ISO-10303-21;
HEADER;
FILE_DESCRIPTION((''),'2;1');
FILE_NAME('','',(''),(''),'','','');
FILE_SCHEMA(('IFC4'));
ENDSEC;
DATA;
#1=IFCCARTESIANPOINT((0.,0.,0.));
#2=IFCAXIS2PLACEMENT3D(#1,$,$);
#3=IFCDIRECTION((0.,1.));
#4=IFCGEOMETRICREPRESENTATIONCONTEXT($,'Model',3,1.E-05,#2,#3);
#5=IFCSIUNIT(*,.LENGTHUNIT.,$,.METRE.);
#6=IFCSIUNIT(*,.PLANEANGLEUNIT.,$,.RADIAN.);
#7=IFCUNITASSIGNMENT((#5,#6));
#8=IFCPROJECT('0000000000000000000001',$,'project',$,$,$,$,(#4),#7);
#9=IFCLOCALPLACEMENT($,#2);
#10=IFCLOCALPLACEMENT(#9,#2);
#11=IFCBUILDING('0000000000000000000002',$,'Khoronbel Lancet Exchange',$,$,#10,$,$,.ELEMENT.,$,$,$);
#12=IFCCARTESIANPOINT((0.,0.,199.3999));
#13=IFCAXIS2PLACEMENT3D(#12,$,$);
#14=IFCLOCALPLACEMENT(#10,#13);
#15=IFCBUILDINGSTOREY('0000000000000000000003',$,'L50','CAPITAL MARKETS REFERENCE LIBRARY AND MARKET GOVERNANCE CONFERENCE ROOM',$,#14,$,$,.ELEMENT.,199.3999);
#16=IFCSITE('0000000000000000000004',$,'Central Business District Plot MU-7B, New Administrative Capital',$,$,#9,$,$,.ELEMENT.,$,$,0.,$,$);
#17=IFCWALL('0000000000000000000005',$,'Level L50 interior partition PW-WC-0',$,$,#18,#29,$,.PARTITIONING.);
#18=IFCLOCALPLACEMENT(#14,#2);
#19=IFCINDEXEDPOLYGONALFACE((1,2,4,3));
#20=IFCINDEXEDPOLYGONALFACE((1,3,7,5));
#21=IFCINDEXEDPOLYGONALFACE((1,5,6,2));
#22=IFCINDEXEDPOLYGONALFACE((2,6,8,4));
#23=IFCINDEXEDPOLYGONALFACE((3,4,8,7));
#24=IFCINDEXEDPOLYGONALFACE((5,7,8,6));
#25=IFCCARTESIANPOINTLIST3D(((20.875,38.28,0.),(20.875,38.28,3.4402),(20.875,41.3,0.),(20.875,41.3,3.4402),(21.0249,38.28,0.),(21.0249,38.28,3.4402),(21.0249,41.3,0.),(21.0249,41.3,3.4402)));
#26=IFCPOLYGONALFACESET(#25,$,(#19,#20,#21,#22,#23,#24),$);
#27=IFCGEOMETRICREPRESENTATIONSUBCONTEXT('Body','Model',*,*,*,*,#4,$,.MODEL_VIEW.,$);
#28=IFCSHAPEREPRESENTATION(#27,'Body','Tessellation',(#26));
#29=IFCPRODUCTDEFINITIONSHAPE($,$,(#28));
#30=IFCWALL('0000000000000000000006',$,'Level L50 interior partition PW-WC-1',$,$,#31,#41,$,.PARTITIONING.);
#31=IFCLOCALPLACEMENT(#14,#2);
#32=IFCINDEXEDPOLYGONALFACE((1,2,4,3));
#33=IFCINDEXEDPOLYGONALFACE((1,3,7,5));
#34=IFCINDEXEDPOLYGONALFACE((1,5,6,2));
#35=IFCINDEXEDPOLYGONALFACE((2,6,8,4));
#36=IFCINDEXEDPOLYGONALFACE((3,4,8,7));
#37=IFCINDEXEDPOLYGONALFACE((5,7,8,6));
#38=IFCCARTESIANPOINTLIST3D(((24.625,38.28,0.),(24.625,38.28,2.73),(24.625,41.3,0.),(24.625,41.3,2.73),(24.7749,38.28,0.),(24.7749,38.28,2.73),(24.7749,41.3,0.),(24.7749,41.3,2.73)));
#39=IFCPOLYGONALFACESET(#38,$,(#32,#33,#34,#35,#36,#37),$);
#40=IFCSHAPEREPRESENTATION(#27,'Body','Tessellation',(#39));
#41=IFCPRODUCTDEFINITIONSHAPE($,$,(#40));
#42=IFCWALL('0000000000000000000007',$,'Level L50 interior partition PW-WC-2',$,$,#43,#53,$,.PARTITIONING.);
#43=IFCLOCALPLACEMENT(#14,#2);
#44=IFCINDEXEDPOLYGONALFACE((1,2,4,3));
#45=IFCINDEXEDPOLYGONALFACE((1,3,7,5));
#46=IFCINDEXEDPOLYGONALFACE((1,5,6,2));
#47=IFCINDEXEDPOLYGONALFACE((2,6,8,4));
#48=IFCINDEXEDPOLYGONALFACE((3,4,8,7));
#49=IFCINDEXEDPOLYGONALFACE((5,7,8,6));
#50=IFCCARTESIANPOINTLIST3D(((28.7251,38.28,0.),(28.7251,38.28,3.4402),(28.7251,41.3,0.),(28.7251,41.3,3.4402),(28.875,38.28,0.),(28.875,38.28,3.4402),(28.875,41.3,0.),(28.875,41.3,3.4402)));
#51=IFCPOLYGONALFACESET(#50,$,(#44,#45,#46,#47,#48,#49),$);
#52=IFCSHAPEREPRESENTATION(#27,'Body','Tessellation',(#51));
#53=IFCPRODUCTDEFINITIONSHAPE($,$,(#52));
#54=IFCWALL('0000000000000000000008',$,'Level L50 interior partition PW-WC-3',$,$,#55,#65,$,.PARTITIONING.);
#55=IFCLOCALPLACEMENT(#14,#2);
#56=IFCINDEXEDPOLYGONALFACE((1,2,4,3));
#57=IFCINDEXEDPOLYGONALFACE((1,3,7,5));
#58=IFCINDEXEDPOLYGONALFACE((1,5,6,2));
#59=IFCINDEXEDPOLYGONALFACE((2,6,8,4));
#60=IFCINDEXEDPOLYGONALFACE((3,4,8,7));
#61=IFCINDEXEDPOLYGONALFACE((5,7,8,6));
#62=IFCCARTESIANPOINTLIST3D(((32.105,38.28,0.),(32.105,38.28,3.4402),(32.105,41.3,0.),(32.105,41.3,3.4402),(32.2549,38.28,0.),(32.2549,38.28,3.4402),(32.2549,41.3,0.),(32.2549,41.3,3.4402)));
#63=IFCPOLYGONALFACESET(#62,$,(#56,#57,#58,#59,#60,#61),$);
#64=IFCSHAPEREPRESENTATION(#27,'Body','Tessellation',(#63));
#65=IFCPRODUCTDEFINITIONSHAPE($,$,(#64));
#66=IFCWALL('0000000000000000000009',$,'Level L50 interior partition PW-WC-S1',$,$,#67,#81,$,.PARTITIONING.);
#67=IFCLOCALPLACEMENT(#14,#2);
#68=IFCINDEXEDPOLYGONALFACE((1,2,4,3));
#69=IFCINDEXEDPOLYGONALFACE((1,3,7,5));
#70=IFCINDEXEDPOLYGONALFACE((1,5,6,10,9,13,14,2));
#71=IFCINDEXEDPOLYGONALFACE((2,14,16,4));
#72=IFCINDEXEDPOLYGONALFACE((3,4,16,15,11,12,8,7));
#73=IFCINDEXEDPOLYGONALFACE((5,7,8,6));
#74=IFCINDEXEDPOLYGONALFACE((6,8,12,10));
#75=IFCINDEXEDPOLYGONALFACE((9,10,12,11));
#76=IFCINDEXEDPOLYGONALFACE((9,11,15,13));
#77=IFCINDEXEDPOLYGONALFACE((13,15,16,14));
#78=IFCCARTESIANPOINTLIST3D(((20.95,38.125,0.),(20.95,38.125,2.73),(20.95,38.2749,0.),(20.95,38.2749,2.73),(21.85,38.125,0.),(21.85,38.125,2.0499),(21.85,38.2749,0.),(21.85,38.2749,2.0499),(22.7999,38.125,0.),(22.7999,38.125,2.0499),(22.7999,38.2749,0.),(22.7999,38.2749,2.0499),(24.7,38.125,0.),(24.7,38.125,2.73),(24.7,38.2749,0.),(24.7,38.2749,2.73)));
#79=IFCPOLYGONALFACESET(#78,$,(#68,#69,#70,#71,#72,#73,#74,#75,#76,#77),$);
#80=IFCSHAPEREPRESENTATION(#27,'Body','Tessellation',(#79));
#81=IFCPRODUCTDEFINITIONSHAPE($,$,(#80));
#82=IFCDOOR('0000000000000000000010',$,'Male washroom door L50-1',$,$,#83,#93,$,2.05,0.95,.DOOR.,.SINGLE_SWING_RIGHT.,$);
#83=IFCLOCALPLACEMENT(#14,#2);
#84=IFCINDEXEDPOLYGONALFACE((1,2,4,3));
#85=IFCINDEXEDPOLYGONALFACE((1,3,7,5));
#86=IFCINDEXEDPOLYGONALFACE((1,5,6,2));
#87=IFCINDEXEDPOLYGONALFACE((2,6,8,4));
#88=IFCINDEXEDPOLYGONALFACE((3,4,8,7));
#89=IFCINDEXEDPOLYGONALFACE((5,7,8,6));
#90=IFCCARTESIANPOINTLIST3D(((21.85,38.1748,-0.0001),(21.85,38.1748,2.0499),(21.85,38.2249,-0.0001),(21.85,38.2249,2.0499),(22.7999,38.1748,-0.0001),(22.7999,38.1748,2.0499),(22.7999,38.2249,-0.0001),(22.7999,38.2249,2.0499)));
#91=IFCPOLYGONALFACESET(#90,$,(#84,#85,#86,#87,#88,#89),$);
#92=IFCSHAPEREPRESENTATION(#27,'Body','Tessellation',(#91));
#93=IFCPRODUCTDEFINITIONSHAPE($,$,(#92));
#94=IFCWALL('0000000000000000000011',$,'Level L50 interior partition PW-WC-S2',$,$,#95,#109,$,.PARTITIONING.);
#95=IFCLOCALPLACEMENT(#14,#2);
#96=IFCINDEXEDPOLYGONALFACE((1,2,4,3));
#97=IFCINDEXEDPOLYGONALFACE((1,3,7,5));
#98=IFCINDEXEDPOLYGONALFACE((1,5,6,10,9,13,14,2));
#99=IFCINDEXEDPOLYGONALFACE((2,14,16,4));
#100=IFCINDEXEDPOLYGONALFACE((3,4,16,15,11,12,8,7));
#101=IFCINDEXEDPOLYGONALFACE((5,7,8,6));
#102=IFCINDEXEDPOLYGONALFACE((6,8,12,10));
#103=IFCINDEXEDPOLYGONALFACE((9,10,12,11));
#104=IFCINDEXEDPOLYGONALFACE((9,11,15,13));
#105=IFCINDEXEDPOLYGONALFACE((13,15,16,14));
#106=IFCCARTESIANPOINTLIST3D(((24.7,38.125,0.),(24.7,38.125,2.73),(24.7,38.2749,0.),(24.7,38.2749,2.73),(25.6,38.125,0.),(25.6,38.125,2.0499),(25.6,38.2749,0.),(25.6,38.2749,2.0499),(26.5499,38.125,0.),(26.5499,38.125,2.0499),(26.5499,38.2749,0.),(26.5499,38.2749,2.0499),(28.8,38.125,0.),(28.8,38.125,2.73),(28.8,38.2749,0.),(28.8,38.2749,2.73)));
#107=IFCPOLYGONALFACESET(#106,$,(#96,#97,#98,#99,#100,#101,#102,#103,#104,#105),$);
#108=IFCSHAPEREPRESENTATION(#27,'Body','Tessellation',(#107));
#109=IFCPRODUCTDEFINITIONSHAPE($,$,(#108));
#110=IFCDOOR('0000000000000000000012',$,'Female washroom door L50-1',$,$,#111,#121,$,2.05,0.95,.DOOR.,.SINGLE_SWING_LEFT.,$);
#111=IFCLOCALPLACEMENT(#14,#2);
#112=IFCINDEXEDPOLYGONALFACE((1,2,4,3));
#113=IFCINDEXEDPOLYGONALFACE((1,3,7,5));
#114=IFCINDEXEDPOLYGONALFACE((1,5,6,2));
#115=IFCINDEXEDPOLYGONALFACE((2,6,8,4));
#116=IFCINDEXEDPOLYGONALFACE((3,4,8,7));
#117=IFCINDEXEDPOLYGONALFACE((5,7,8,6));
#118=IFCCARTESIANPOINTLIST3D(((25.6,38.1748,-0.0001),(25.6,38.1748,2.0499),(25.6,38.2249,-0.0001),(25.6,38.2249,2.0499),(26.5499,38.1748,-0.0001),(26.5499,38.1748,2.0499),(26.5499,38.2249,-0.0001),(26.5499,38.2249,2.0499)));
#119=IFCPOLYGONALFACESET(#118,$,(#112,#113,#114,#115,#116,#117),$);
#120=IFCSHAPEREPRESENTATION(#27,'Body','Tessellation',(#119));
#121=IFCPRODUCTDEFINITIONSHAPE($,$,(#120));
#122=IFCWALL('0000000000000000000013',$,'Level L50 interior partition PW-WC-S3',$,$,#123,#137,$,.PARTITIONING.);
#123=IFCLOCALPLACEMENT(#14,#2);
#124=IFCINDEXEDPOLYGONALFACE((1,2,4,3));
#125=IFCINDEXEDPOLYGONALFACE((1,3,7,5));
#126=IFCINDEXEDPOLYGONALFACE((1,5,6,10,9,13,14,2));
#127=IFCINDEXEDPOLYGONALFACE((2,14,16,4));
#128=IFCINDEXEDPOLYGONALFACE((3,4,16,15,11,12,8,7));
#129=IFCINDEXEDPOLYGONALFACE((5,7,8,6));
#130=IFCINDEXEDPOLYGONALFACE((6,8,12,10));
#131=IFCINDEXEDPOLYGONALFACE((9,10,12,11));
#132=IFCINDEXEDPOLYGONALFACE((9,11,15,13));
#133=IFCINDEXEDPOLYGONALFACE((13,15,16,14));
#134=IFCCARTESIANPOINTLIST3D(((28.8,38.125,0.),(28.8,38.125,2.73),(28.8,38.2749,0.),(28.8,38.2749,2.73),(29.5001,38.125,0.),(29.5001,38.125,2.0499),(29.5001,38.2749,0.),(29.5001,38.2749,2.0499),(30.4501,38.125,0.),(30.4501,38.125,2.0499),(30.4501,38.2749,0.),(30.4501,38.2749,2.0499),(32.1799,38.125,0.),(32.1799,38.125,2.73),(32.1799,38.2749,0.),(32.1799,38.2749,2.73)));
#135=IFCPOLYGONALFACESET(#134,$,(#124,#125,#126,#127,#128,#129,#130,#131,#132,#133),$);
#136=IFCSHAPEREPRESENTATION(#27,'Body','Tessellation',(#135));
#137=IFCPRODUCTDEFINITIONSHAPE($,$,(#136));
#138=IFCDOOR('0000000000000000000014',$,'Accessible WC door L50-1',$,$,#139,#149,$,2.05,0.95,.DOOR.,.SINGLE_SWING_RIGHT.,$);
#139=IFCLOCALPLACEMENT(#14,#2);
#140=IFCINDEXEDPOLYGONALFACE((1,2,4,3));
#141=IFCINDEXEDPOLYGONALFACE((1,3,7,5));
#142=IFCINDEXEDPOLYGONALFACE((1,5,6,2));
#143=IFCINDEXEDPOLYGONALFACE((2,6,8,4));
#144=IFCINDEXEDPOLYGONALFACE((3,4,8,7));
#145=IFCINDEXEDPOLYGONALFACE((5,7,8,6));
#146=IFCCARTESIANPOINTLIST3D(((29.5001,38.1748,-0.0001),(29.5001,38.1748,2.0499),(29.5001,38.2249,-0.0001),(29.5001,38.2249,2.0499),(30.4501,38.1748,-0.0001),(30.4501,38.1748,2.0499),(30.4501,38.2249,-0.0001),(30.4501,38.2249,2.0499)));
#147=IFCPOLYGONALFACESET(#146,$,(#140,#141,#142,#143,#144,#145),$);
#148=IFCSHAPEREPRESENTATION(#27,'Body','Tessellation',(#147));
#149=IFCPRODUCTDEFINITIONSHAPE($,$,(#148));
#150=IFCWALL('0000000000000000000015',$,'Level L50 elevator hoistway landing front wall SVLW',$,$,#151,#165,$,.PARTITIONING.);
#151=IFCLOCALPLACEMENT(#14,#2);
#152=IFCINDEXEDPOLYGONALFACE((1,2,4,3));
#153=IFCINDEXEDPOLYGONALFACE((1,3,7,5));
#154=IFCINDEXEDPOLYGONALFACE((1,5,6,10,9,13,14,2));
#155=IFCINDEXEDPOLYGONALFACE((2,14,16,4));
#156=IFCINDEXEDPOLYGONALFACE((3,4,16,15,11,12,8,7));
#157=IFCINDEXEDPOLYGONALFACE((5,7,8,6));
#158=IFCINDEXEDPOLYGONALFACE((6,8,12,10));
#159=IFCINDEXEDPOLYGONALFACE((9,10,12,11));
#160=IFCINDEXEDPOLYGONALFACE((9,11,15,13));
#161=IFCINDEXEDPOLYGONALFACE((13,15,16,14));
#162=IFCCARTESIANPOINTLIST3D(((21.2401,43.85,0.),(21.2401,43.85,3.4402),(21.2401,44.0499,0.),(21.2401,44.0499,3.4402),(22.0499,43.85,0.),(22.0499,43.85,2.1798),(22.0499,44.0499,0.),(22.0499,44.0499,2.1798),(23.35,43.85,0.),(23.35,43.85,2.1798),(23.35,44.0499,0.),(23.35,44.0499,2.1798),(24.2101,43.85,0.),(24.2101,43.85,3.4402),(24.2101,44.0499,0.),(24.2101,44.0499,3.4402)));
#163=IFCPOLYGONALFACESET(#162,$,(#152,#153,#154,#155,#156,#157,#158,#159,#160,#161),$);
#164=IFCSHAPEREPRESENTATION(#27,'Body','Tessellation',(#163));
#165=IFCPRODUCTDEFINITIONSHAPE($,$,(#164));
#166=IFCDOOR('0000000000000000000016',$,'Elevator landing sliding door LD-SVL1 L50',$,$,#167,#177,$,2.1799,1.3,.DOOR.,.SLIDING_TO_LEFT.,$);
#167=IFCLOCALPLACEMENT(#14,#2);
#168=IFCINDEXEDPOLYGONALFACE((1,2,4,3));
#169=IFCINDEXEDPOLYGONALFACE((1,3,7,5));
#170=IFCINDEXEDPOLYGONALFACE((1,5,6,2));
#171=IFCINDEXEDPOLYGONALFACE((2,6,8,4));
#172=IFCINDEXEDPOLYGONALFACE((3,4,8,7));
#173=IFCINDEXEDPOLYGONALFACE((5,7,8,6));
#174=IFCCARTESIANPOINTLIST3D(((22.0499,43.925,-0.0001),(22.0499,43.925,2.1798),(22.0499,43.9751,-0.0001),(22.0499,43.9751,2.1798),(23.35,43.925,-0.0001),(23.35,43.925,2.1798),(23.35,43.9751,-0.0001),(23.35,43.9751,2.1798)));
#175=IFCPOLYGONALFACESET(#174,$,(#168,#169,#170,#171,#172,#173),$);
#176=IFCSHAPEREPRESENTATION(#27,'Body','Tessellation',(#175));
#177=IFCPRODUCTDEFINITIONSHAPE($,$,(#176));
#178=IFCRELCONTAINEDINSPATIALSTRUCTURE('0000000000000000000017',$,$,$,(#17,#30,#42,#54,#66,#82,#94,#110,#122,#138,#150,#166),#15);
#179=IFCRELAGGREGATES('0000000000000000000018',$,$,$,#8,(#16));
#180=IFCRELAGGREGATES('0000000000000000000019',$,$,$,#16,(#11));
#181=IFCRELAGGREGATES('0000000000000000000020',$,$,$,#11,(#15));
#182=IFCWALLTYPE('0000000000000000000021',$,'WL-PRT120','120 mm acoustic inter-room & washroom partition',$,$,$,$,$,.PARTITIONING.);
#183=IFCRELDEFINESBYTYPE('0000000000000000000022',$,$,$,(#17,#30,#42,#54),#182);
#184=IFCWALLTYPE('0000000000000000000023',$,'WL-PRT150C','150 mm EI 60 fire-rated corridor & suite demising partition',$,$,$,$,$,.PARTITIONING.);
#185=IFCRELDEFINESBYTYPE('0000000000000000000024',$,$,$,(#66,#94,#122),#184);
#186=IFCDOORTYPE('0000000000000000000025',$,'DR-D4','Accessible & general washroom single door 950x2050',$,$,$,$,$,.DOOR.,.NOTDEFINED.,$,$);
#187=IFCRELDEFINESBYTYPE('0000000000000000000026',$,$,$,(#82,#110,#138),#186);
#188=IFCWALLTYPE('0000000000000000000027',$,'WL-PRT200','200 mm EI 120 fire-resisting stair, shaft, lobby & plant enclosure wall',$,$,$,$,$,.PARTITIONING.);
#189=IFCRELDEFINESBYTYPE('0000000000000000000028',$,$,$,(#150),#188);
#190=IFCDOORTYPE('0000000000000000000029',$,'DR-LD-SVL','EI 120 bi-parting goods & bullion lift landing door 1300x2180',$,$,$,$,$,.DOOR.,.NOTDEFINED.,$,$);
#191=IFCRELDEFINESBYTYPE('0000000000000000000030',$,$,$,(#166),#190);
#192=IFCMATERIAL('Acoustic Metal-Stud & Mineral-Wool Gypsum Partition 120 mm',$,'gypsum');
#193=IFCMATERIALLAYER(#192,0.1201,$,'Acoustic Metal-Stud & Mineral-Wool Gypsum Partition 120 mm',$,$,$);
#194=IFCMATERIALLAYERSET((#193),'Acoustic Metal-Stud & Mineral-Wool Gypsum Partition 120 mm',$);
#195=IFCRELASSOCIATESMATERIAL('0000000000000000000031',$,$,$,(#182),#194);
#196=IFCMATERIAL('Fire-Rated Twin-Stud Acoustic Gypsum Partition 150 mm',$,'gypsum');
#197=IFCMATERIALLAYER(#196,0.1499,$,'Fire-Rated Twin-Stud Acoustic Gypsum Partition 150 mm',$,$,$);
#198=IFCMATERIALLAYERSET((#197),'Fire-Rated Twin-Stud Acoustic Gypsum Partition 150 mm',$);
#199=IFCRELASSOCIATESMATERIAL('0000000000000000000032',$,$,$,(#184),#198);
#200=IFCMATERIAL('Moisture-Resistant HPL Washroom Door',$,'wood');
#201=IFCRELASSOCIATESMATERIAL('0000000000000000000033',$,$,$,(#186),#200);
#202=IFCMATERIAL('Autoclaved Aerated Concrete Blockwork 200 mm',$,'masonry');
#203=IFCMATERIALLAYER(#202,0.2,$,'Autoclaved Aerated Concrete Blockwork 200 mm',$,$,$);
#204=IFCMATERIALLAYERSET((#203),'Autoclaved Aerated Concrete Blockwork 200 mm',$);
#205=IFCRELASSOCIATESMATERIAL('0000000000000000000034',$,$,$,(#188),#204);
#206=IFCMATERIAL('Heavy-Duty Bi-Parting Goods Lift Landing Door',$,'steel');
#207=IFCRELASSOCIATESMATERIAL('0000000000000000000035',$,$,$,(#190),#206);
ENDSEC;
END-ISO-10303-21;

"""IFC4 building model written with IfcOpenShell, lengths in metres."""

from ifc_helpers import new_model, si_unit, direction, frame, frame_2d, origin, place, context, subcontext, project, spatial, rectangle, extrude, material, layer, layer_set, type_object, element, fill, save


model = new_model("IFC4")

# Units and contexts
model_context = context("Model", 3, precision=1e-05, world=origin(), true_north=direction((0.0, 1.0)))
body_context = subcontext(model_context, "Body", "Model", "MODEL_VIEW")
ifc_project = project(units=[si_unit("LENGTHUNIT", "METRE"), si_unit("PLANEANGLEUNIT", "RADIAN")], contexts=[model_context])

# Site, building, storey
site_placement = place(None, origin())
site = spatial("IfcSite", under=ifc_project, at=site_placement, Name="Central Business District Plot MU-7B, New Administrative Capital", CompositionType="ELEMENT", RefElevation=0.0)
building_placement = place(site_placement, origin())
building = spatial("IfcBuilding", under=site, at=building_placement, Name="Khoronbel Lancet Exchange", CompositionType="ELEMENT")
storey_placement = place(building_placement, frame((0.0, 0.0, 199.3999)))
storey = spatial("IfcBuildingStorey", under=building, at=storey_placement, Name="L50", Description="CAPITAL MARKETS REFERENCE LIBRARY AND MARKET GOVERNANCE CONFERENCE ROOM", CompositionType="ELEMENT", Elevation=199.3999)

# Walls
ifc_material_1 = material(Name="Acoustic Metal-Stud & Mineral-Wool Gypsum Partition 120 mm", Category="gypsum")
ifc_layer_1 = layer(ifc_material_1, 0.1201, Name="Acoustic Metal-Stud & Mineral-Wool Gypsum Partition 120 mm")
ifc_layer_set_1 = layer_set([ifc_layer_1], Name="Acoustic Metal-Stud & Mineral-Wool Gypsum Partition 120 mm")
wall_type_1 = type_object("IfcWallType", Name="WL-PRT120", Description="120 mm acoustic inter-room & washroom partition", PredefinedType="PARTITIONING", material=ifc_layer_set_1)
wall_1_placement = place(storey_placement, frame((20.95, 38.28, 0.0), z_axis=(0.0, 0.0, 1.0), x_axis=(0.0, 1.0, 0.0)))
element("IfcWall", 1, at=wall_1_placement, inside=storey, type_object=wall_type_1, Name="Level L50 interior partition PW-WC-0", PredefinedType="PARTITIONING", context=body_context, shape_type="SweptSolid", body=[
    extrude(rectangle(XDim=3.02, YDim=0.1499, at=frame_2d((1.51, 0.0))), origin(), (0.0, 0.0, 1.0), 3.4402),
])
wall_2_placement = place(storey_placement, frame((24.7, 38.28, 0.0), z_axis=(0.0, 0.0, 1.0), x_axis=(0.0, 1.0, 0.0)))
element("IfcWall", 2, at=wall_2_placement, inside=storey, type_object=wall_type_1, Name="Level L50 interior partition PW-WC-1", PredefinedType="PARTITIONING", context=body_context, shape_type="SweptSolid", body=[
    extrude(rectangle(XDim=3.02, YDim=0.1499, at=frame_2d((1.51, 0.0))), origin(), (0.0, 0.0, 1.0), 2.73),
])
for number, where, z_axis, x_axis, name in (
    (3, (28.8, 38.28, 0.0), (0.0, 0.0, 1.0), (0.0, 1.0, 0.0), "Level L50 interior partition PW-WC-2"),
    (4, (32.1799, 38.28, 0.0), (0.0, 0.0, 1.0), (0.0, 1.0, 0.0), "Level L50 interior partition PW-WC-3"),
):
    element("IfcWall", number, at=place(storey_placement, frame(where, z_axis=z_axis, x_axis=x_axis)), inside=storey, type_object=wall_type_1, Name=name, PredefinedType="PARTITIONING", context=body_context, shape_type="SweptSolid", body=[
        extrude(rectangle(XDim=3.02, YDim=0.1499, at=frame_2d((1.51, 0.0))), origin(), (0.0, 0.0, 1.0), 3.4402),
    ])

# Walls, openings, doors
ifc_material_2 = material(Name="Fire-Rated Twin-Stud Acoustic Gypsum Partition 150 mm", Category="gypsum")
ifc_layer_2 = layer(ifc_material_2, 0.1499, Name="Fire-Rated Twin-Stud Acoustic Gypsum Partition 150 mm")
ifc_layer_set_2 = layer_set([ifc_layer_2], Name="Fire-Rated Twin-Stud Acoustic Gypsum Partition 150 mm")
wall_type_2 = type_object("IfcWallType", Name="WL-PRT150C", Description="150 mm EI 60 fire-rated corridor & suite demising partition", PredefinedType="PARTITIONING", material=ifc_layer_set_2)
wall_3_placement = place(storey_placement, frame((20.95, 38.2, 0.0), z_axis=(0.0, 0.0, 1.0), x_axis=(1.0, 0.0, 0.0)))
wall_3 = element("IfcWall", 5, at=wall_3_placement, inside=storey, type_object=wall_type_2, Name="Level L50 interior partition PW-WC-S1", PredefinedType="PARTITIONING", context=body_context, shape_type="SweptSolid", body=[
    extrude(rectangle(XDim=3.75, YDim=0.1499, at=frame_2d((1.875, 0.0))), origin(), (0.0, 0.0, 1.0), 2.73),
])
opening_1_placement = place(wall_3_placement, frame((0.8999, 0.0, 0.0)))
opening_1 = element("IfcOpeningElement", 6, at=opening_1_placement, cuts=wall_3, PredefinedType="OPENING", context=body_context, shape_type="SweptSolid", body=[
    extrude(rectangle(XDim=0.95, YDim=2.05, at=frame_2d((0.4751, 1.0249))), frame((0.0, 0.085, 0.0), z_axis=(0.0, -1.0, 0.0), x_axis=(1.0, 0.0, 0.0)), (0.0, 0.0, 1.0), 0.1699),
])
ifc_material_3 = material(Name="Moisture-Resistant HPL Washroom Door", Category="wood")
door_type_1 = type_object("IfcDoorType", Name="DR-D4", Description="Accessible & general washroom single door 950x2050", OperationType="NOTDEFINED", PredefinedType="DOOR", material=ifc_material_3)
door_1_placement = place(opening_1_placement, origin())
door_1 = element("IfcDoor", 7, at=door_1_placement, inside=storey, type_object=door_type_1, Name="Male washroom door L50-1", OperationType="SINGLE_SWING_RIGHT", OverallHeight=2.05, OverallWidth=0.95, PredefinedType="DOOR", context=body_context, shape_type="SweptSolid", body=[
    extrude(rectangle(XDim=0.95, YDim=2.05, at=frame_2d((0.4751, 1.0249))), frame((0.0, 0.0249, 0.0), z_axis=(0.0, -1.0, 0.0), x_axis=(1.0, 0.0, 0.0)), (0.0, 0.0, 1.0), 0.05),
])
fill(opening_1, door_1)
wall_4_placement = place(storey_placement, frame((24.7, 38.2, 0.0), z_axis=(0.0, 0.0, 1.0), x_axis=(1.0, 0.0, 0.0)))
wall_4 = element("IfcWall", 8, at=wall_4_placement, inside=storey, type_object=wall_type_2, Name="Level L50 interior partition PW-WC-S2", PredefinedType="PARTITIONING", context=body_context, shape_type="SweptSolid", body=[
    extrude(rectangle(XDim=4.1001, YDim=0.1499, at=frame_2d((2.05, 0.0))), origin(), (0.0, 0.0, 1.0), 2.73),
])
opening_2_placement = place(wall_4_placement, frame((0.8999, 0.0, 0.0)))
opening_2 = element("IfcOpeningElement", 9, at=opening_2_placement, cuts=wall_4, PredefinedType="OPENING", context=body_context, shape_type="SweptSolid", body=[
    extrude(rectangle(XDim=0.95, YDim=2.05, at=frame_2d((0.4751, 1.0249))), frame((0.0, 0.085, 0.0), z_axis=(0.0, -1.0, 0.0), x_axis=(1.0, 0.0, 0.0)), (0.0, 0.0, 1.0), 0.1699),
])
door_2_placement = place(opening_2_placement, origin())
door_2 = element("IfcDoor", 10, at=door_2_placement, inside=storey, type_object=door_type_1, Name="Female washroom door L50-1", OperationType="SINGLE_SWING_LEFT", OverallHeight=2.05, OverallWidth=0.95, PredefinedType="DOOR", context=body_context, shape_type="SweptSolid", body=[
    extrude(rectangle(XDim=0.95, YDim=2.05, at=frame_2d((0.4751, 1.0249))), frame((0.0, 0.0249, 0.0), z_axis=(0.0, -1.0, 0.0), x_axis=(1.0, 0.0, 0.0)), (0.0, 0.0, 1.0), 0.05),
])
fill(opening_2, door_2)
wall_5_placement = place(storey_placement, frame((28.8, 38.2, 0.0), z_axis=(0.0, 0.0, 1.0), x_axis=(1.0, 0.0, 0.0)))
wall_5 = element("IfcWall", 11, at=wall_5_placement, inside=storey, type_object=wall_type_2, Name="Level L50 interior partition PW-WC-S3", PredefinedType="PARTITIONING", context=body_context, shape_type="SweptSolid", body=[
    extrude(rectangle(XDim=3.3799, YDim=0.1499, at=frame_2d((1.6899, 0.0))), origin(), (0.0, 0.0, 1.0), 2.73),
])
opening_3_placement = place(wall_5_placement, frame((0.7, 0.0, 0.0)))
opening_3 = element("IfcOpeningElement", 12, at=opening_3_placement, cuts=wall_5, PredefinedType="OPENING", context=body_context, shape_type="SweptSolid", body=[
    extrude(rectangle(XDim=0.95, YDim=2.05, at=frame_2d((0.4751, 1.0249))), frame((0.0, 0.085, 0.0), z_axis=(0.0, -1.0, 0.0), x_axis=(1.0, 0.0, 0.0)), (0.0, 0.0, 1.0), 0.1699),
])
door_3_placement = place(opening_3_placement, origin())
door_3 = element("IfcDoor", 13, at=door_3_placement, inside=storey, type_object=door_type_1, Name="Accessible WC door L50-1", OperationType="SINGLE_SWING_RIGHT", OverallHeight=2.05, OverallWidth=0.95, PredefinedType="DOOR", context=body_context, shape_type="SweptSolid", body=[
    extrude(rectangle(XDim=0.95, YDim=2.05, at=frame_2d((0.4751, 1.0249))), frame((0.0, 0.0249, 0.0), z_axis=(0.0, -1.0, 0.0), x_axis=(1.0, 0.0, 0.0)), (0.0, 0.0, 1.0), 0.05),
])
fill(opening_3, door_3)
ifc_material_4 = material(Name="Autoclaved Aerated Concrete Blockwork 200 mm", Category="masonry")
ifc_layer_3 = layer(ifc_material_4, 0.2, Name="Autoclaved Aerated Concrete Blockwork 200 mm")
ifc_layer_set_3 = layer_set([ifc_layer_3], Name="Autoclaved Aerated Concrete Blockwork 200 mm")
wall_type_3 = type_object("IfcWallType", Name="WL-PRT200", Description="200 mm EI 120 fire-resisting stair, shaft, lobby & plant enclosure wall", PredefinedType="PARTITIONING", material=ifc_layer_set_3)
wall_6_placement = place(storey_placement, frame((24.21, 43.95, 0.0), z_axis=(0.0, 0.0, 1.0), x_axis=(-1.0, 0.0, 0.0)))
wall_6 = element("IfcWall", 14, at=wall_6_placement, inside=storey, type_object=wall_type_3, Name="Level L50 elevator hoistway landing front wall SVLW", PredefinedType="PARTITIONING", context=body_context, shape_type="SweptSolid", body=[
    extrude(rectangle(XDim=2.97, YDim=0.2, at=frame_2d((1.4849, 0.0))), origin(), (0.0, 0.0, 1.0), 3.4402),
])
opening_4_placement = place(wall_6_placement, frame((0.8601, 0.0, 0.0)))
opening_4 = element("IfcOpeningElement", 15, at=opening_4_placement, cuts=wall_6, PredefinedType="OPENING", context=body_context, shape_type="SweptSolid", body=[
    extrude(rectangle(XDim=1.3, YDim=2.1799, at=frame_2d((0.6499, 1.0898))), frame((0.0, 0.1099, 0.0), z_axis=(0.0, -1.0, 0.0), x_axis=(1.0, 0.0, 0.0)), (0.0, 0.0, 1.0), 0.22),
])
ifc_material_5 = material(Name="Heavy-Duty Bi-Parting Goods Lift Landing Door", Category="steel")
door_type_2 = type_object("IfcDoorType", Name="DR-LD-SVL", Description="EI 120 bi-parting goods & bullion lift landing door 1300x2180", OperationType="NOTDEFINED", PredefinedType="DOOR", material=ifc_material_5)
door_4_placement = place(opening_4_placement, origin())
door_4 = element("IfcDoor", 16, at=door_4_placement, inside=storey, type_object=door_type_2, Name="Elevator landing sliding door LD-SVL1 L50", OperationType="SLIDING_TO_LEFT", OverallHeight=2.1799, OverallWidth=1.3, PredefinedType="DOOR", context=body_context, shape_type="SweptSolid", body=[
    extrude(rectangle(XDim=1.3, YDim=2.1799, at=frame_2d((0.6499, 1.0898))), frame((0.0, 0.0249, 0.0), z_axis=(0.0, -1.0, 0.0), x_axis=(1.0, 0.0, 0.0)), (0.0, 0.0, 1.0), 0.05),
])
fill(opening_4, door_4)

save(model, "model.ifc")
